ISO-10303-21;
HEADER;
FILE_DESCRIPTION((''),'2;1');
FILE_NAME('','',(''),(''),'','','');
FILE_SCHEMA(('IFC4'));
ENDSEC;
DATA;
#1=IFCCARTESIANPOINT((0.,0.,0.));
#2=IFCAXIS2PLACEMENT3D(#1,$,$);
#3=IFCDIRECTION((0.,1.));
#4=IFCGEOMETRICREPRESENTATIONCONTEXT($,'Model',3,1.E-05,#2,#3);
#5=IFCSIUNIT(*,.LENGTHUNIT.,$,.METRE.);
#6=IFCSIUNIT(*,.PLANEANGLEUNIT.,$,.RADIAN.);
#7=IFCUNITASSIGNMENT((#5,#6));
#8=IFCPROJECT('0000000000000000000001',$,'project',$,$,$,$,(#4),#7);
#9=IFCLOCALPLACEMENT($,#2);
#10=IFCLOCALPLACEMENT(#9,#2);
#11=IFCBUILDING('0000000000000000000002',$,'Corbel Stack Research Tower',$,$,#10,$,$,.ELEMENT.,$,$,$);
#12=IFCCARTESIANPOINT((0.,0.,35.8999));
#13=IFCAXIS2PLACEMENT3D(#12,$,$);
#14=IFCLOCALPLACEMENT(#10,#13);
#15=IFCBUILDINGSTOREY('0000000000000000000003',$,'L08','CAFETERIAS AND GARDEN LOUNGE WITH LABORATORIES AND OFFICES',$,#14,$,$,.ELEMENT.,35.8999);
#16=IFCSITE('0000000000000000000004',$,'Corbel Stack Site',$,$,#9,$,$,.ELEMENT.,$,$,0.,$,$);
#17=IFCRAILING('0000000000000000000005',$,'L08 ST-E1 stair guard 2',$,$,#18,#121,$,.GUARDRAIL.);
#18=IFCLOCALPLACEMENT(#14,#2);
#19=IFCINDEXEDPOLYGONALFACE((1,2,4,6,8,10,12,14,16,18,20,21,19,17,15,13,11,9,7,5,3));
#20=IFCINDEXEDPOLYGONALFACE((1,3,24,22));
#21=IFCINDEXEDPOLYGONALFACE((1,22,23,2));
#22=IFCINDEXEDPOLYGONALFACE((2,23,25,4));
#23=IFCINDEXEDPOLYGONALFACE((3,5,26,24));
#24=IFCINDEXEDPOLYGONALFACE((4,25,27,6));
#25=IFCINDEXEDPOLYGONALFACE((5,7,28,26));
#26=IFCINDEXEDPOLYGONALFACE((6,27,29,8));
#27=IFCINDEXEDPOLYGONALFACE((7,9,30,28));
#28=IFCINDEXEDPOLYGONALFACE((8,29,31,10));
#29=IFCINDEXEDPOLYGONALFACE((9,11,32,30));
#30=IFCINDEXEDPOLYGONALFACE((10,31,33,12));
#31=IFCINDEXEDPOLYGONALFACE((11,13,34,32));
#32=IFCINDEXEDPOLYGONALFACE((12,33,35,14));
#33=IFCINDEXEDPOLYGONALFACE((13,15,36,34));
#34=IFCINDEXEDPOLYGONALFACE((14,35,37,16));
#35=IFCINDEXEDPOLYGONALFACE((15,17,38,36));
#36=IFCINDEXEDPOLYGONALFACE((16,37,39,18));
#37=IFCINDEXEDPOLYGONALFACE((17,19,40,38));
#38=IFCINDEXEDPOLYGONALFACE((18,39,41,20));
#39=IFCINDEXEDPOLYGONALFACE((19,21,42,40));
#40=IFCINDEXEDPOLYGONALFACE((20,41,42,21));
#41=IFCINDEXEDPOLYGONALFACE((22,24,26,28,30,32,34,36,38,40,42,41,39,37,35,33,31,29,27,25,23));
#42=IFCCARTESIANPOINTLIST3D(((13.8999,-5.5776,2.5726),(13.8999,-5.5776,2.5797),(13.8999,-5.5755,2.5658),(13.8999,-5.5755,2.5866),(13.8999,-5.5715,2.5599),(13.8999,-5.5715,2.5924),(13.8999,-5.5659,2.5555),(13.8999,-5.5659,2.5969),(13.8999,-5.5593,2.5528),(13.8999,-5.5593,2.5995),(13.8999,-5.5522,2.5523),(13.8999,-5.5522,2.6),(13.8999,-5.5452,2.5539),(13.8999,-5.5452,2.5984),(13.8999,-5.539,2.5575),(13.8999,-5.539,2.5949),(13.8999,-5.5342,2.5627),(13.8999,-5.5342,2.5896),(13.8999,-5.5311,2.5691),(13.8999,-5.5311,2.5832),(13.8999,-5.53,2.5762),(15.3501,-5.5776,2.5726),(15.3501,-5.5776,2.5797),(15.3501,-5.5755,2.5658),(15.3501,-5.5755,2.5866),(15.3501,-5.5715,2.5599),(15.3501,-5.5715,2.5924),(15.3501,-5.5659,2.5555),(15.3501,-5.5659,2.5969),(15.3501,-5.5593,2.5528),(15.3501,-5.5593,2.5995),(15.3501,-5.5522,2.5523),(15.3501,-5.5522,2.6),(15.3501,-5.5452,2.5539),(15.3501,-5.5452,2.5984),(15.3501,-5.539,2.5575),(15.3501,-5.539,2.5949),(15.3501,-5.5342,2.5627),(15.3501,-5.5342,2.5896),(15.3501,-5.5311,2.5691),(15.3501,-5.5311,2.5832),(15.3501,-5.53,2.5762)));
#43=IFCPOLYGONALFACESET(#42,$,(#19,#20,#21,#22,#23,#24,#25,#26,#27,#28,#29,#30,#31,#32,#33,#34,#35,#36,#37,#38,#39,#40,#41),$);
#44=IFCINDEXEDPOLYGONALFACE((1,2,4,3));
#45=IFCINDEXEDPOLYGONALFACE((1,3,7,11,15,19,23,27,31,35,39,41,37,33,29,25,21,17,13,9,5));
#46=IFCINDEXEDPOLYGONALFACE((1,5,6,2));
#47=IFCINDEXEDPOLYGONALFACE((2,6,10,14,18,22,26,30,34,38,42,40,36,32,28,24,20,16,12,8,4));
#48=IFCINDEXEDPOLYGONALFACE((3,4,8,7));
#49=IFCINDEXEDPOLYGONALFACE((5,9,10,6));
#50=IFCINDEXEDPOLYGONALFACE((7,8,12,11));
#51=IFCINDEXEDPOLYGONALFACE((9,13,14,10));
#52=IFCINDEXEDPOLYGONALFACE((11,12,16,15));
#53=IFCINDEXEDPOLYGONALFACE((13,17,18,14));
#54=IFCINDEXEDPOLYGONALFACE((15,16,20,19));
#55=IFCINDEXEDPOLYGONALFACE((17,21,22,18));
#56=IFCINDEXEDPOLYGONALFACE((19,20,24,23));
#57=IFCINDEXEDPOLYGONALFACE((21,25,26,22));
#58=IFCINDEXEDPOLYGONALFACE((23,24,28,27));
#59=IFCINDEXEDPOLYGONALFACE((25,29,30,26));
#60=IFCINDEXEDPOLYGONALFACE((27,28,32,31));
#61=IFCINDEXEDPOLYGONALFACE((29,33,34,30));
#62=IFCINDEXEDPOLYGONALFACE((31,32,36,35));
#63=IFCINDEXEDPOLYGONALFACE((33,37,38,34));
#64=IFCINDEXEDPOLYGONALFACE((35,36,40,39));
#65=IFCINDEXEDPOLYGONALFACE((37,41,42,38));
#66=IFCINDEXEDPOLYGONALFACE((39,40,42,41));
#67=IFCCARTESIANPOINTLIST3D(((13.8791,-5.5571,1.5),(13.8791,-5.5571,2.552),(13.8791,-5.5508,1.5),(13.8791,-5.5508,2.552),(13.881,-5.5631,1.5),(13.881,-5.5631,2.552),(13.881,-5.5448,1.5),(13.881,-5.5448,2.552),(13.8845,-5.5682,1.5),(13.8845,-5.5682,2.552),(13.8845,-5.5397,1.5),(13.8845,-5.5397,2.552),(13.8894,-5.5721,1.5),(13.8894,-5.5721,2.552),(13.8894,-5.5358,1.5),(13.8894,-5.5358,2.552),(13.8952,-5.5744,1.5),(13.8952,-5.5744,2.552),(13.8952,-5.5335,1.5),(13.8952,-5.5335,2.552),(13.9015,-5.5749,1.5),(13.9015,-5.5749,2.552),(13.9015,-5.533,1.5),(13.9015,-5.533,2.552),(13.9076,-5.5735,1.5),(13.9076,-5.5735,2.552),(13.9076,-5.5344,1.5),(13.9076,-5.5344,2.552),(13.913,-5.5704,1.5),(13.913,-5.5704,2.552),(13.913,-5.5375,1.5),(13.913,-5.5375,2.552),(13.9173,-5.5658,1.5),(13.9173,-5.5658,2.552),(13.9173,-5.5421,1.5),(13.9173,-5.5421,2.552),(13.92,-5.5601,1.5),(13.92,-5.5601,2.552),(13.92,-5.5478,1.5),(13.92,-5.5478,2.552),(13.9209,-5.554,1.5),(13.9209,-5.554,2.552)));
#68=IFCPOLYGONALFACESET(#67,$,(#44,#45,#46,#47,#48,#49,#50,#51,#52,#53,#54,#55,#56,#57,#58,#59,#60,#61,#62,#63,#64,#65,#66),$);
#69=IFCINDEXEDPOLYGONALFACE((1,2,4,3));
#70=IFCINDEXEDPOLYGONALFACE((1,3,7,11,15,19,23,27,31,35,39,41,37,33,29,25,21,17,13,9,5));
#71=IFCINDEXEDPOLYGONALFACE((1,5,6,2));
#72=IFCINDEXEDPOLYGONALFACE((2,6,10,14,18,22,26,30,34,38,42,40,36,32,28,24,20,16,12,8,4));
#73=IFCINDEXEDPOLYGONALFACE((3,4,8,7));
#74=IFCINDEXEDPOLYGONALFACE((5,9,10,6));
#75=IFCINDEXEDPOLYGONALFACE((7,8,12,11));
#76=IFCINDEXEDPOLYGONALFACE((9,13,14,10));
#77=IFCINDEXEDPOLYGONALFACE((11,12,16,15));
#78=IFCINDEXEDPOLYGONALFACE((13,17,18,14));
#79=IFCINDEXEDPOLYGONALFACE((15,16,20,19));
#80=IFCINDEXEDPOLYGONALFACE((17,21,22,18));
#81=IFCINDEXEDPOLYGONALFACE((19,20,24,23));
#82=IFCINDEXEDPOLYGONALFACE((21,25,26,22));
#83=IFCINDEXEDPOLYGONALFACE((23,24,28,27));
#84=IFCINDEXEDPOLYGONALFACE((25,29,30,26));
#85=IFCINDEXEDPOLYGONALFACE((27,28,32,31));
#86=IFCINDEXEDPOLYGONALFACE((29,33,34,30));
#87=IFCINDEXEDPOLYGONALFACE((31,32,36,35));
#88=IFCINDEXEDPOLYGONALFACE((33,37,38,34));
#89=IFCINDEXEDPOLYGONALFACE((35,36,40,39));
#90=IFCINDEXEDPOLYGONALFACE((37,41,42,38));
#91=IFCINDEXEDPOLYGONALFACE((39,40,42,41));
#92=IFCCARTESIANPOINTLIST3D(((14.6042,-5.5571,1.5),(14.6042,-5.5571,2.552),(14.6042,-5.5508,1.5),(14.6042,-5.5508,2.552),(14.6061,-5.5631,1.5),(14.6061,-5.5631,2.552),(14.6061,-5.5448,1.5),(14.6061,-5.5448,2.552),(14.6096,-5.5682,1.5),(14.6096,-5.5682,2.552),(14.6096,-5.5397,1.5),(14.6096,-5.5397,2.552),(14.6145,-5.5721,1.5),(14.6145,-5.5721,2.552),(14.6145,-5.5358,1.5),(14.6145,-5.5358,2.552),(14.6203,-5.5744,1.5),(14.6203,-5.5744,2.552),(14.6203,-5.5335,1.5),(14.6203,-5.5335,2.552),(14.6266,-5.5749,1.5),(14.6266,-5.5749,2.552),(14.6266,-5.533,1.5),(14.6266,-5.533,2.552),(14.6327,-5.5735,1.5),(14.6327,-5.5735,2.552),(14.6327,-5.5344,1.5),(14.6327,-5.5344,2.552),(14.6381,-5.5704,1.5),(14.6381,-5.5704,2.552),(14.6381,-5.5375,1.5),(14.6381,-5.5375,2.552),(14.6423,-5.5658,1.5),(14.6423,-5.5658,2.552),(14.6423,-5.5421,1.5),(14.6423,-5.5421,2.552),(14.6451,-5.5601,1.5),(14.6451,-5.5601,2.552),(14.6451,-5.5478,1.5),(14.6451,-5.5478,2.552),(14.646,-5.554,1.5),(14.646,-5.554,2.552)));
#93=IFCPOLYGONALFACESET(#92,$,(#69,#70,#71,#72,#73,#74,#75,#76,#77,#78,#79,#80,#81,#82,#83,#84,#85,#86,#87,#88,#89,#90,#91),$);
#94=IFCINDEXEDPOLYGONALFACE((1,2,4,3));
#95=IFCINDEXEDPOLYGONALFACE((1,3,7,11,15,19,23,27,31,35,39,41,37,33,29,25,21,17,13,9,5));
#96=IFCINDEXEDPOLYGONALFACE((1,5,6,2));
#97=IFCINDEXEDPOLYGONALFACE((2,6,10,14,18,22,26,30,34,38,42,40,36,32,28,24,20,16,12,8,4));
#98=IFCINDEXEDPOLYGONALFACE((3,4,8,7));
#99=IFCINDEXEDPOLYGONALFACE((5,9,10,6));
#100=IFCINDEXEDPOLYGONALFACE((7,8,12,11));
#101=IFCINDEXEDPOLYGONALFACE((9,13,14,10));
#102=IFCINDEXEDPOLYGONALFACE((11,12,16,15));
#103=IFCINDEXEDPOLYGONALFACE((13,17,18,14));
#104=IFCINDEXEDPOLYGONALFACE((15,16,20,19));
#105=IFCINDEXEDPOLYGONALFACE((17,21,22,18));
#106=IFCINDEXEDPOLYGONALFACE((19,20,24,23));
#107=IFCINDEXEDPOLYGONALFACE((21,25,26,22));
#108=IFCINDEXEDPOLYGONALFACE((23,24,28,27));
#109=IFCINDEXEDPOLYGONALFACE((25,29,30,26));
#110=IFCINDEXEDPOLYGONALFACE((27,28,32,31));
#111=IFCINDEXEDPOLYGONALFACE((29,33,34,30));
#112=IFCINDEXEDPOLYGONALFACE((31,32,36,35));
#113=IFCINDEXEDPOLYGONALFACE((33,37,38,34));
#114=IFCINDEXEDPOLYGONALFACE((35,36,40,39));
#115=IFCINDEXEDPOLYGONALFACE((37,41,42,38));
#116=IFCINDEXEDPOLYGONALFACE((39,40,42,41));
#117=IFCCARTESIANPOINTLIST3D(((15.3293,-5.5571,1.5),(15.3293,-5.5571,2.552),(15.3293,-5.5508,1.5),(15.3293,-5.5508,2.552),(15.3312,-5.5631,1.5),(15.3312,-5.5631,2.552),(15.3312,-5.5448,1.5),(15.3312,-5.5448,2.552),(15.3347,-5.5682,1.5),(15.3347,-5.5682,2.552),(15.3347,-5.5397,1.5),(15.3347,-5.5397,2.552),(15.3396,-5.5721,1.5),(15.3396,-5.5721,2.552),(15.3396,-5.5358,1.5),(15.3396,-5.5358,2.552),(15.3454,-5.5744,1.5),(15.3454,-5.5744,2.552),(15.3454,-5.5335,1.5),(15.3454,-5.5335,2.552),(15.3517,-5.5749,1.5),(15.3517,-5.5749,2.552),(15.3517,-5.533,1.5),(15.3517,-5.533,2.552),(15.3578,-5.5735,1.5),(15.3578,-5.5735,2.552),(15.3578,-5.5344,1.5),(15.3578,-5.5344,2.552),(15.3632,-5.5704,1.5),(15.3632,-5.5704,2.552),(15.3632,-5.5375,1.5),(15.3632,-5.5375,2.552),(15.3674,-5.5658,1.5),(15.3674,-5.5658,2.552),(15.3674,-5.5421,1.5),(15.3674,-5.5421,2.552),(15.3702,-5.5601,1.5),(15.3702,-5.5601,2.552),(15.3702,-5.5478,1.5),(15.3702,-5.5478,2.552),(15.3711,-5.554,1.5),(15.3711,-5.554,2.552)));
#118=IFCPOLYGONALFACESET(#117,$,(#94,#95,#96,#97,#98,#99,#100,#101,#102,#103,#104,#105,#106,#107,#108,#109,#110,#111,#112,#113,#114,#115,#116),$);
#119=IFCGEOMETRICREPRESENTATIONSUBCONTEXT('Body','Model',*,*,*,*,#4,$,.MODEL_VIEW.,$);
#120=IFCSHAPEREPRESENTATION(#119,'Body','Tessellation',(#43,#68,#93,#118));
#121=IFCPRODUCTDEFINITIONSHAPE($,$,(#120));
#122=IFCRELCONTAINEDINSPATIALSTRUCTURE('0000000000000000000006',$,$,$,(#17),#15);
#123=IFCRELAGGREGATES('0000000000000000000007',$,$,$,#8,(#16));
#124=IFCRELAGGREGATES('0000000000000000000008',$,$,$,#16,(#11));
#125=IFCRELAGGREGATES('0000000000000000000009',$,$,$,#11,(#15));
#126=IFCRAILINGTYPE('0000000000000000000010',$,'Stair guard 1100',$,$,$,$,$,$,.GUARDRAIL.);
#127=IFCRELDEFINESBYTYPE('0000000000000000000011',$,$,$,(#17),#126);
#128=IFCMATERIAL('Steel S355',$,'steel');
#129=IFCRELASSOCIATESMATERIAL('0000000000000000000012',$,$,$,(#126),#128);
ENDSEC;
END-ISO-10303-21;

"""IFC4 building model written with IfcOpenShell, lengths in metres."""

from ifc_helpers import new_model, si_unit, direction, frame, origin, origin_2d, place, context, subcontext, project, spatial, circle, extrude, material, type_object, element, save


model = new_model("IFC4")

# Units and contexts
model_context = context("Model", 3, precision=1e-05, world=origin(), true_north=direction((0.0, 1.0)))
body_context = subcontext(model_context, "Body", "Model", "MODEL_VIEW")
ifc_project = project(units=[si_unit("LENGTHUNIT", "METRE"), si_unit("PLANEANGLEUNIT", "RADIAN")], contexts=[model_context])

# Site, building, storey
site_placement = place(None, origin())
site = spatial("IfcSite", under=ifc_project, at=site_placement, Name="Corbel Stack Site", CompositionType="ELEMENT", RefElevation=0.0)
building_placement = place(site_placement, origin())
building = spatial("IfcBuilding", under=site, at=building_placement, Name="Corbel Stack Research Tower", CompositionType="ELEMENT")
storey_placement = place(building_placement, frame((0.0, 0.0, 35.8999)))
storey = spatial("IfcBuildingStorey", under=building, at=storey_placement, Name="L08", Description="CAFETERIAS AND GARDEN LOUNGE WITH LABORATORIES AND OFFICES", CompositionType="ELEMENT", Elevation=35.8999)

# Railing
ifc_material_1 = material(Name="Steel S355", Category="steel")
railing_type_1 = type_object("IfcRailingType", Name="Stair guard 1100", PredefinedType="GUARDRAIL", material=ifc_material_1)
railing_1_placement = place(storey_placement, frame((13.8999, -5.554, 1.5)))
element("IfcRailing", 1, at=railing_1_placement, inside=storey, type_object=railing_type_1, Name="L08 ST-E1 stair guard 2", PredefinedType="GUARDRAIL", context=body_context, shape_type="SweptSolid", body=[
    extrude(circle(Radius=0.0239, at=origin_2d()), frame((0.0, 0.0, 1.0762), z_axis=(1.0, 0.0, 0.0), x_axis=(0.0, 1.0, 0.0)), (0.0, 0.0, 1.0), 1.4502),
    extrude(circle(Radius=0.021, at=origin_2d()), origin(), (0.0, 0.0, 1.0), 1.052),
    extrude(circle(Radius=0.021, at=origin_2d()), frame((0.7251, 0.0, 0.0)), (0.0, 0.0, 1.0), 1.052),
    extrude(circle(Radius=0.021, at=origin_2d()), frame((1.4502, 0.0, 0.0)), (0.0, 0.0, 1.0), 1.052),
])

save(model, "model.ifc")
